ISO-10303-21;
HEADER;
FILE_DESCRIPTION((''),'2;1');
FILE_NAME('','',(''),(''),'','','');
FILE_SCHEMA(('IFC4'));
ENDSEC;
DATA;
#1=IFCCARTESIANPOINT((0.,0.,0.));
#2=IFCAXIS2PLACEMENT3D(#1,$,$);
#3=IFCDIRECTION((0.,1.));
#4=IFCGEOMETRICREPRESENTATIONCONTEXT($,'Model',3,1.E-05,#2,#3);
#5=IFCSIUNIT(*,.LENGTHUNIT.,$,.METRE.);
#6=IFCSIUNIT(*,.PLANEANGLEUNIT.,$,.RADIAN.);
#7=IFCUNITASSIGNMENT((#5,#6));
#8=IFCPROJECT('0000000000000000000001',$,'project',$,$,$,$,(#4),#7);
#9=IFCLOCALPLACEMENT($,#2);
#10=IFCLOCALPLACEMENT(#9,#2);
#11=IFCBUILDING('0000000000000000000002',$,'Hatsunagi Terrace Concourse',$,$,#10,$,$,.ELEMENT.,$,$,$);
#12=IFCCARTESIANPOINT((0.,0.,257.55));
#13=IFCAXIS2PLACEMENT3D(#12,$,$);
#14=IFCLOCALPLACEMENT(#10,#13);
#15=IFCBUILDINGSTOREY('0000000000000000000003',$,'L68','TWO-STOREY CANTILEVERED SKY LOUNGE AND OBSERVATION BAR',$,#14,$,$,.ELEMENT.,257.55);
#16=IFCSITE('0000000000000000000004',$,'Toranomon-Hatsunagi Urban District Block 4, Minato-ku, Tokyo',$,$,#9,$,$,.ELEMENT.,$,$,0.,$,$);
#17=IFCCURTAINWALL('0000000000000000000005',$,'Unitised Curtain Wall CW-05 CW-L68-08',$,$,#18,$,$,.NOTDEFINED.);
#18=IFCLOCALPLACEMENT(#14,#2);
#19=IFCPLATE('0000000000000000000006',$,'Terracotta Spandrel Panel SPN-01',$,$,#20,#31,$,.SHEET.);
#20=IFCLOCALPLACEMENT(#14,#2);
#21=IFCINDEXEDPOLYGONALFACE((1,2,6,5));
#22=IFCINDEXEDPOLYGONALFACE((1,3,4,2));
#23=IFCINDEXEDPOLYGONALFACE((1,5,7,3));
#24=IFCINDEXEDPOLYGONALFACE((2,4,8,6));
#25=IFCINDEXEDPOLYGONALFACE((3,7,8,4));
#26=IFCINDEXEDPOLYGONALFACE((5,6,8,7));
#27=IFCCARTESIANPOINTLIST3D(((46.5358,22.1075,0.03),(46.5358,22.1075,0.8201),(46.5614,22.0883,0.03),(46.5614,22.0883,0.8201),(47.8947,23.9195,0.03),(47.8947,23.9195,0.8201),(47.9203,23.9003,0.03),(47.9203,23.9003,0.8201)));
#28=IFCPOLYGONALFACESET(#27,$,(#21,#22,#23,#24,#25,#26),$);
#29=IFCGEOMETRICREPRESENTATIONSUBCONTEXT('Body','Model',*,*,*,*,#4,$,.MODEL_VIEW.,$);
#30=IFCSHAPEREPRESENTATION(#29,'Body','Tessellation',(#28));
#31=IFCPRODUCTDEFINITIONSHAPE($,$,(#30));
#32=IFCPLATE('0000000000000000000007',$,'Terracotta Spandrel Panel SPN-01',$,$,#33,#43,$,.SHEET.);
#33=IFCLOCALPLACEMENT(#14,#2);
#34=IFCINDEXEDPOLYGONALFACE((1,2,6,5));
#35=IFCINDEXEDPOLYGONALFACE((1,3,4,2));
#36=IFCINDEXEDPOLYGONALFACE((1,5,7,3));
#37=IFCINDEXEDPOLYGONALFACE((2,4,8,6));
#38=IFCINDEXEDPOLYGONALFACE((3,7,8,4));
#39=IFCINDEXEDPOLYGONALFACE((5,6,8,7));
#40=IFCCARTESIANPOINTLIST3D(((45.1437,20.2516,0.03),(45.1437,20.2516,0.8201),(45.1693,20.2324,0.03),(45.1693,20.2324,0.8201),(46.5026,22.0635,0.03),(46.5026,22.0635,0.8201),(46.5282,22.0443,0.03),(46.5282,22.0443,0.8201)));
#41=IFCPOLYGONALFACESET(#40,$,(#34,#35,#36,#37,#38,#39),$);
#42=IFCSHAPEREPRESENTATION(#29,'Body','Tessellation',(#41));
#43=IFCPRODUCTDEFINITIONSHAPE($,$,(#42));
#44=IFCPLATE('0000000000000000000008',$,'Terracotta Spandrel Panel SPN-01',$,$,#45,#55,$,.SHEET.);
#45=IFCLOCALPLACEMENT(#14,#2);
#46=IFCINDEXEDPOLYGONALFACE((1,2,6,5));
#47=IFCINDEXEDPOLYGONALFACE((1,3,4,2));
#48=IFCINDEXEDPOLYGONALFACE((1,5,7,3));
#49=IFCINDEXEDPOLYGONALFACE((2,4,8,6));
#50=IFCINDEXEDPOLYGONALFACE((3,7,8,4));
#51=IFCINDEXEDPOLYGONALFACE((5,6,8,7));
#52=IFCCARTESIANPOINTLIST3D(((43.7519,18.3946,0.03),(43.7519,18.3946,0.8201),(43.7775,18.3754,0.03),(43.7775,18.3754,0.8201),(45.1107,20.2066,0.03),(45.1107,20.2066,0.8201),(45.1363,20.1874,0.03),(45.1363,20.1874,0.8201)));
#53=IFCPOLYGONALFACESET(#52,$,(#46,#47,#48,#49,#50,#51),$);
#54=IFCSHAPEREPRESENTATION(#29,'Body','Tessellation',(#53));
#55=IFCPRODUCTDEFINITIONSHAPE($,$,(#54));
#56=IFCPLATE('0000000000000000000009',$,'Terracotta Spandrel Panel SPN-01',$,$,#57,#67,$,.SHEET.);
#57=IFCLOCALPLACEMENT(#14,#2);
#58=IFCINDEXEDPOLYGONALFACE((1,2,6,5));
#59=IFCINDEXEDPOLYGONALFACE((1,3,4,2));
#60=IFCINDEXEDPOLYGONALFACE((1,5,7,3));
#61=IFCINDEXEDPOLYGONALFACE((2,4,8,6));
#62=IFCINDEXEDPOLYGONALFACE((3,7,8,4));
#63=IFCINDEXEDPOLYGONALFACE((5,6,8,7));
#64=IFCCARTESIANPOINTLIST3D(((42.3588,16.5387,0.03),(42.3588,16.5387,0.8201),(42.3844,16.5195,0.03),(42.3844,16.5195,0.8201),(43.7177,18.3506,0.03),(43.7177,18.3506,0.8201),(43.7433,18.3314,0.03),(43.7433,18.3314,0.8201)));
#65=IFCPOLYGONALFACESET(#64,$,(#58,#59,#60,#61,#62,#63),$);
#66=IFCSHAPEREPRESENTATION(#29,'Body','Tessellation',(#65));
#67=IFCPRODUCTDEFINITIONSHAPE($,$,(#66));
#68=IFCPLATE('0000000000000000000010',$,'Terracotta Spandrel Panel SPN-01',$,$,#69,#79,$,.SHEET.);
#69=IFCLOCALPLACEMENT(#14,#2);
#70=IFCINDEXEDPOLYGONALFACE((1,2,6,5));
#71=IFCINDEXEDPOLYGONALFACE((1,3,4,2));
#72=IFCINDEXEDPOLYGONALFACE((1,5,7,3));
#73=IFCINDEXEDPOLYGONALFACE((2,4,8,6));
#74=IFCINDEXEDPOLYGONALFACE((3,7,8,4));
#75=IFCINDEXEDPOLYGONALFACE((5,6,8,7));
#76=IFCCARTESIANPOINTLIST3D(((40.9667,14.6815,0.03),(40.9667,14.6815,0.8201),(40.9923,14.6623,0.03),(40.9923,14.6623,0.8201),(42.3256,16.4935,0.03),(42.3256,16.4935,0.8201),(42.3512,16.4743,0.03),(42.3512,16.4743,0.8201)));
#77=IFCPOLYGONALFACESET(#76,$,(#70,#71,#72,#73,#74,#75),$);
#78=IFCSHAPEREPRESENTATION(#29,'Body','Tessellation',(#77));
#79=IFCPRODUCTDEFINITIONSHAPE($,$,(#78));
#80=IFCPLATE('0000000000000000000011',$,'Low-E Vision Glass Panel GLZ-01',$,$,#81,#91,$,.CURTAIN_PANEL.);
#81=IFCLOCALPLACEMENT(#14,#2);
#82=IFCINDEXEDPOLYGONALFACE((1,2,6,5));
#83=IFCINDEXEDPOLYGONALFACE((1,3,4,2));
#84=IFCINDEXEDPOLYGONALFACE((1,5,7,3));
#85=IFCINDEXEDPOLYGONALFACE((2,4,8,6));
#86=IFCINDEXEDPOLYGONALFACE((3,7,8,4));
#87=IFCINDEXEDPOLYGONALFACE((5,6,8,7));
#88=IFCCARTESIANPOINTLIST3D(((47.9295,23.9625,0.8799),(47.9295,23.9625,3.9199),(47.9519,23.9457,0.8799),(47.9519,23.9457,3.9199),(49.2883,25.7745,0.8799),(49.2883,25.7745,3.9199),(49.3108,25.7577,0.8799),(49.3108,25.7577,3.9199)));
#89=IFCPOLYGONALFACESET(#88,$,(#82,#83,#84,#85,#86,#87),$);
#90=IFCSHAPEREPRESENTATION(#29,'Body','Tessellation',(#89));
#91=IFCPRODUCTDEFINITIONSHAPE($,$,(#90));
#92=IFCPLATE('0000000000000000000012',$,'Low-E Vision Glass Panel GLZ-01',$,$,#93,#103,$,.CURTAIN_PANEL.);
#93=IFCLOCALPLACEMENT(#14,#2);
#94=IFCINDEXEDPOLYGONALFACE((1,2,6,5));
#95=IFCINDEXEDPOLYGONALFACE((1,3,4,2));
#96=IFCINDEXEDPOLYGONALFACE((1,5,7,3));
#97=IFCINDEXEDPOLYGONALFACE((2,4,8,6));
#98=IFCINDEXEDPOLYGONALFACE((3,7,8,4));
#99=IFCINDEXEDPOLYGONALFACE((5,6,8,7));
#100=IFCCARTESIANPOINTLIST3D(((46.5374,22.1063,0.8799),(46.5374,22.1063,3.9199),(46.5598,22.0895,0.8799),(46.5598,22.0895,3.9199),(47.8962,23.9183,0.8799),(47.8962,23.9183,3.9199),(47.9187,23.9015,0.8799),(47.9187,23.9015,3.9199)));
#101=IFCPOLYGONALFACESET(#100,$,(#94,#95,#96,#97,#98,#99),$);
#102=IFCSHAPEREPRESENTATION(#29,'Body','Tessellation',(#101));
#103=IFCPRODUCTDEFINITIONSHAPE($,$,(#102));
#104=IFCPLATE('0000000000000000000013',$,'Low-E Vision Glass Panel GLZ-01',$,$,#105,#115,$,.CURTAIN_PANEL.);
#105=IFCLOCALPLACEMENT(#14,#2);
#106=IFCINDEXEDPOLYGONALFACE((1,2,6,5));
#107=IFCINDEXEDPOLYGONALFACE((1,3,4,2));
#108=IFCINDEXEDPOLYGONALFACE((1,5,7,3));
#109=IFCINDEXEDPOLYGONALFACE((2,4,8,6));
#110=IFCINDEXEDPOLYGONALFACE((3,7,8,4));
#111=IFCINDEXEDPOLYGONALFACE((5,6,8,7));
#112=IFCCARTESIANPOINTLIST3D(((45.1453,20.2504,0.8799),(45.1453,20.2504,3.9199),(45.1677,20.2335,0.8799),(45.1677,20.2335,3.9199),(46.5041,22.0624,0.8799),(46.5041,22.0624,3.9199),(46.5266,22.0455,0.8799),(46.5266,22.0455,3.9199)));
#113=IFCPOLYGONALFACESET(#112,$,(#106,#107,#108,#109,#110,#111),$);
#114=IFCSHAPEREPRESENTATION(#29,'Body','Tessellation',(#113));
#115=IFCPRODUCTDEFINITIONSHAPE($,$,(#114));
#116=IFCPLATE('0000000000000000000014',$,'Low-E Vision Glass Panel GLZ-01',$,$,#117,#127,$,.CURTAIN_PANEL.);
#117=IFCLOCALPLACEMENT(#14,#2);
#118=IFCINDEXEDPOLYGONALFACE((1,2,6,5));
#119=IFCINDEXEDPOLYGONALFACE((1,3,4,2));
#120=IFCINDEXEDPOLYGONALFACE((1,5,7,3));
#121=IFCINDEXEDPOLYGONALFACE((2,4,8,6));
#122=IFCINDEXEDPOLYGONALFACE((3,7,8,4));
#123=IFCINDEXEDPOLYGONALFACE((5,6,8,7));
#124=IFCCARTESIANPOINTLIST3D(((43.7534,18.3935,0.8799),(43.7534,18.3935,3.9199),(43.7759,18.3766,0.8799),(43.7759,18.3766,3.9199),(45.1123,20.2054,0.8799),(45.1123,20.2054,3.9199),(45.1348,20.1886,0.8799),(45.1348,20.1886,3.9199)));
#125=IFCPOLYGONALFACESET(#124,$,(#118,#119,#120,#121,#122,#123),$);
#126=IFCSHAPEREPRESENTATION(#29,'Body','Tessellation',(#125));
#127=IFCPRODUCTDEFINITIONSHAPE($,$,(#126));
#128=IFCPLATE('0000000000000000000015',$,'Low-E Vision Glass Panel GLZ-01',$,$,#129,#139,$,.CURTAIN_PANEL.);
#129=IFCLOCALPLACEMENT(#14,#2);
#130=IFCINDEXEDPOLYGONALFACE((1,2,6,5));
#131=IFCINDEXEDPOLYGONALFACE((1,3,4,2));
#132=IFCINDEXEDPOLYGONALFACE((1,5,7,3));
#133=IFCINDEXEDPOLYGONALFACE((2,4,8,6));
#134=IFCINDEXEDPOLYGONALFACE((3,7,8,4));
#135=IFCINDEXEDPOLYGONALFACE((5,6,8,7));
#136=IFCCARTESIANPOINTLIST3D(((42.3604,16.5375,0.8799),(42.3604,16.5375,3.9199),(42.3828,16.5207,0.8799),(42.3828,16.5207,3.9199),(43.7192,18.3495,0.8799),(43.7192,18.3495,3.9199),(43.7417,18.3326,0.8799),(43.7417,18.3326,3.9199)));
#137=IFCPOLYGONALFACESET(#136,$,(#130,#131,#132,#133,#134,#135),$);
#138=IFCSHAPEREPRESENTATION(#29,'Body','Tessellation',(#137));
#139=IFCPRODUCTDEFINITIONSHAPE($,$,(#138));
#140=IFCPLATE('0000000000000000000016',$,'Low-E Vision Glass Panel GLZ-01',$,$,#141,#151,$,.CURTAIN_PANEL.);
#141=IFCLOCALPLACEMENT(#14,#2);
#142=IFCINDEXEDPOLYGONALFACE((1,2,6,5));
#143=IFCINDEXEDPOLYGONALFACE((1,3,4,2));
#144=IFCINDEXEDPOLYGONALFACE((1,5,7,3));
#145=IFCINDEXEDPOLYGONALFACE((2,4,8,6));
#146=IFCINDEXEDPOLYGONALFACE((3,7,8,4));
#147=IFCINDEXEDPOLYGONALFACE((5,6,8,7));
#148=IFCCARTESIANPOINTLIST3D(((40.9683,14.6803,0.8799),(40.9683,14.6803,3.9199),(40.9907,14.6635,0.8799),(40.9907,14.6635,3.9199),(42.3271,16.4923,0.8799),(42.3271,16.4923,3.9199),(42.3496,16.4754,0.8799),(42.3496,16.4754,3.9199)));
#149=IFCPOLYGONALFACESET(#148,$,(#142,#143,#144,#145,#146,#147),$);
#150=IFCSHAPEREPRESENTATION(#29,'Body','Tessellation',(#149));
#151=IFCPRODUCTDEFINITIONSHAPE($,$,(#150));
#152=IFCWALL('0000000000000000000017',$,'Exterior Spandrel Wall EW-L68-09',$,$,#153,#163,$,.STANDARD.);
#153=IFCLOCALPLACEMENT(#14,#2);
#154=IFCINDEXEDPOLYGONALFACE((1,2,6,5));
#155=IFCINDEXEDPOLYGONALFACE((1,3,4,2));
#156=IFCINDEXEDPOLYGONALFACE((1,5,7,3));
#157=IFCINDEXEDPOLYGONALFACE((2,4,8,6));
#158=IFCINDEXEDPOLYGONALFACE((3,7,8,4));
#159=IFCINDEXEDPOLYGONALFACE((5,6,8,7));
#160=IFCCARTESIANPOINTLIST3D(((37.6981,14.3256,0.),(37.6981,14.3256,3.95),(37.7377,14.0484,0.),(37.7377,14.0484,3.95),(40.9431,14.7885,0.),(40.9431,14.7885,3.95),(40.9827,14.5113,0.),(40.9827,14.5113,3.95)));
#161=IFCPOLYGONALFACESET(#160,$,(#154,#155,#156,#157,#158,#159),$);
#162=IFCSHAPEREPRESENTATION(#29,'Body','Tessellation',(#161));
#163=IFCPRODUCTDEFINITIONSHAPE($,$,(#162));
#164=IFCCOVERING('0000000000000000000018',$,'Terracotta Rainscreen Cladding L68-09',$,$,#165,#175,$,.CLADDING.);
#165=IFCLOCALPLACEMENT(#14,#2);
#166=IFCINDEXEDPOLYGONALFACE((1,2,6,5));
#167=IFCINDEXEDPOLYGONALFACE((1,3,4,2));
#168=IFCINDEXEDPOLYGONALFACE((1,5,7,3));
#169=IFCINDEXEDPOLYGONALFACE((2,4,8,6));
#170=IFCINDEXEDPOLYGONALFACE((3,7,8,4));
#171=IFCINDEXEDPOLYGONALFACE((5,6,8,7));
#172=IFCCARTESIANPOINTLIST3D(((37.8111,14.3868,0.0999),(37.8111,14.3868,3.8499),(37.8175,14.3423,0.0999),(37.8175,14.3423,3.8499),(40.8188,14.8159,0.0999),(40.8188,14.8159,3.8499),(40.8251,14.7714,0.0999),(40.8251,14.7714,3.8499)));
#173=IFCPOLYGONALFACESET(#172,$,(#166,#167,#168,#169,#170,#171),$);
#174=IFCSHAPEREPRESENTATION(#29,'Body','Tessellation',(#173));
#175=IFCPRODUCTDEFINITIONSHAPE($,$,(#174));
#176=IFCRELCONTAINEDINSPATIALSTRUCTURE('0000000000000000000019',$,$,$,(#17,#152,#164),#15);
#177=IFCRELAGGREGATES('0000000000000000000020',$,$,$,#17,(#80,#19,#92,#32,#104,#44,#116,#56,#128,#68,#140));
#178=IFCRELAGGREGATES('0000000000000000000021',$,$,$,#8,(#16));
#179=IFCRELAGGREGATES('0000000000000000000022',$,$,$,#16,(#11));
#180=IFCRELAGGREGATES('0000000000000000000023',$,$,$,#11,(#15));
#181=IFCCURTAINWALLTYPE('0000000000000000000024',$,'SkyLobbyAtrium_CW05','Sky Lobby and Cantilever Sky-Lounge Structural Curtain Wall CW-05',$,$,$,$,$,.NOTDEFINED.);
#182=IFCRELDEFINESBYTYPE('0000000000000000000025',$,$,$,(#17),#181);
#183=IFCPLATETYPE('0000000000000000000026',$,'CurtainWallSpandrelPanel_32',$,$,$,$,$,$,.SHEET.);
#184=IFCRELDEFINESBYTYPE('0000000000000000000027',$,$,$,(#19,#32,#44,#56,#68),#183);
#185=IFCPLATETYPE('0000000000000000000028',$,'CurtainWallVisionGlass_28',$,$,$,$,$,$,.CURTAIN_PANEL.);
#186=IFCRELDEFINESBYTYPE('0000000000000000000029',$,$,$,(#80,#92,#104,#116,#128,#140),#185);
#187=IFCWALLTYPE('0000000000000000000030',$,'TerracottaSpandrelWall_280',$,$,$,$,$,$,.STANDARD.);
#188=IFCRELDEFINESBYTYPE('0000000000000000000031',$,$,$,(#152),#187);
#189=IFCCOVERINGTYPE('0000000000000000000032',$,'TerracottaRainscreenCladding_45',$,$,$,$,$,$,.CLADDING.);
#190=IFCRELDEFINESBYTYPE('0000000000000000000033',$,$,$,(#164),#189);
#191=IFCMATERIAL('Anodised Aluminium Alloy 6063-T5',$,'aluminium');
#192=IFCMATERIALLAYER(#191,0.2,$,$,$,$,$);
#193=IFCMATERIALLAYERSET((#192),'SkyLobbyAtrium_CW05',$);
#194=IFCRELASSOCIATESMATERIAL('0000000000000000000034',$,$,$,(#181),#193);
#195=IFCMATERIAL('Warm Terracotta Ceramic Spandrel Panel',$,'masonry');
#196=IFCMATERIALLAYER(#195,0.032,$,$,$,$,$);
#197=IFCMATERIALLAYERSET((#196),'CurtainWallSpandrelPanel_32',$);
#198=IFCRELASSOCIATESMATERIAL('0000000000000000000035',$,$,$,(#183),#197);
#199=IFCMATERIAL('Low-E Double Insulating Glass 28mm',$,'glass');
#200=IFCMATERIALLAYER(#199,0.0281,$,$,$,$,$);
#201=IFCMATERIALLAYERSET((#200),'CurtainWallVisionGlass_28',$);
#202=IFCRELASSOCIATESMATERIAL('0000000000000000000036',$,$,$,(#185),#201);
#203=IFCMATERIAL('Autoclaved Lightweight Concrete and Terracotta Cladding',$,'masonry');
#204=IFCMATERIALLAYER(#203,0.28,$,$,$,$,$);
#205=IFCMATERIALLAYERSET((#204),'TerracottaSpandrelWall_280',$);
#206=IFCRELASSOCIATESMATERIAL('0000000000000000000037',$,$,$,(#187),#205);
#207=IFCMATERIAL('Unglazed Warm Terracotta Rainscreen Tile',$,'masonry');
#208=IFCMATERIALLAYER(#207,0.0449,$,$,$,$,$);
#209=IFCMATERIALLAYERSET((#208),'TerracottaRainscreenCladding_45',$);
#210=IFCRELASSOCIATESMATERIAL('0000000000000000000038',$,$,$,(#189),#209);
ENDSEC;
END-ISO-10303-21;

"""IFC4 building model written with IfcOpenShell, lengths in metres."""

from ifc_helpers import new_model, si_unit, direction, frame, frame_2d, origin, origin_2d, place, context, subcontext, project, spatial, rectangle, extrude, material, layer, layer_set, type_object, element, aggregate, save


model = new_model("IFC4")

# Units and contexts
model_context = context("Model", 3, precision=1e-05, world=origin(), true_north=direction((0.0, 1.0)))
body_context = subcontext(model_context, "Body", "Model", "MODEL_VIEW")
ifc_project = project(units=[si_unit("LENGTHUNIT", "METRE"), si_unit("PLANEANGLEUNIT", "RADIAN")], contexts=[model_context])

# Site, building, storey
site_placement = place(None, origin())
site = spatial("IfcSite", under=ifc_project, at=site_placement, Name="Toranomon-Hatsunagi Urban District Block 4, Minato-ku, Tokyo", CompositionType="ELEMENT", RefElevation=0.0)
building_placement = place(site_placement, origin())
building = spatial("IfcBuilding", under=site, at=building_placement, Name="Hatsunagi Terrace Concourse", CompositionType="ELEMENT")
storey_placement = place(building_placement, frame((0.0, 0.0, 257.55)))
storey = spatial("IfcBuildingStorey", under=building, at=storey_placement, Name="L68", Description="TWO-STOREY CANTILEVERED SKY LOUNGE AND OBSERVATION BAR", CompositionType="ELEMENT", Elevation=257.55)

# Curtain wall
ifc_material_1 = material(Name="Anodised Aluminium Alloy 6063-T5", Category="aluminium")
ifc_layer_1 = layer(ifc_material_1, 0.2)
ifc_layer_set_1 = layer_set([ifc_layer_1], Name="SkyLobbyAtrium_CW05")
curtain_wall_type = type_object("IfcCurtainWallType", Name="SkyLobbyAtrium_CW05", Description="Sky Lobby and Cantilever Sky-Lounge Structural Curtain Wall CW-05", PredefinedType="NOTDEFINED", material=ifc_layer_set_1)
curtain_wall_placement = place(storey_placement, origin())
curtain_wall = element("IfcCurtainWall", 1, at=curtain_wall_placement, inside=storey, type_object=curtain_wall_type, Name="Unitised Curtain Wall CW-05 CW-L68-08", PredefinedType="NOTDEFINED")

# Plates
ifc_material_2 = material(Name="Warm Terracotta Ceramic Spandrel Panel", Category="masonry")
ifc_layer_2 = layer(ifc_material_2, 0.032)
ifc_layer_set_2 = layer_set([ifc_layer_2], Name="CurtainWallSpandrelPanel_32")
plate_type_1 = type_object("IfcPlateType", Name="CurtainWallSpandrelPanel_32", PredefinedType="SHEET", material=ifc_layer_set_2)
plate_1_placement = place(storey_placement, frame((47.228, 23.0039, 0.03), z_axis=(0.0, 0.0, 1.0), x_axis=(-0.599969, -0.800023, 0.0)))
plate_1 = element("IfcPlate", 2, at=plate_1_placement, type_object=plate_type_1, Name="Terracotta Spandrel Panel SPN-01", PredefinedType="SHEET", context=body_context, shape_type="SweptSolid", body=[
    extrude(rectangle(XDim=2.2649, YDim=0.032, at=origin_2d()), origin(), (0.0, 0.0, 1.0), 0.79),
])
plate_2_placement = place(storey_placement, frame((45.8359, 21.1479, 0.03), z_axis=(0.0, 0.0, 1.0), x_axis=(-0.599969, -0.800023, 0.0)))
plate_2 = element("IfcPlate", 3, at=plate_2_placement, type_object=plate_type_1, Name="Terracotta Spandrel Panel SPN-01", PredefinedType="SHEET", context=body_context, shape_type="SweptSolid", body=[
    extrude(rectangle(XDim=2.2649, YDim=0.032, at=origin_2d()), origin(), (0.0, 0.0, 1.0), 0.79),
])
plate_3_placement = place(storey_placement, frame((44.4441, 19.291, 0.03), z_axis=(0.0, 0.0, 1.0), x_axis=(-0.599969, -0.800023, 0.0)))
plate_3 = element("IfcPlate", 4, at=plate_3_placement, type_object=plate_type_1, Name="Terracotta Spandrel Panel SPN-01", PredefinedType="SHEET", context=body_context, shape_type="SweptSolid", body=[
    extrude(rectangle(XDim=2.2649, YDim=0.032, at=origin_2d()), origin(), (0.0, 0.0, 1.0), 0.79),
])
plate_4_placement = place(storey_placement, frame((43.051, 17.4351, 0.03), z_axis=(0.0, 0.0, 1.0), x_axis=(-0.599969, -0.800023, 0.0)))
plate_4 = element("IfcPlate", 5, at=plate_4_placement, type_object=plate_type_1, Name="Terracotta Spandrel Panel SPN-01", PredefinedType="SHEET", context=body_context, shape_type="SweptSolid", body=[
    extrude(rectangle(XDim=2.2649, YDim=0.032, at=origin_2d()), origin(), (0.0, 0.0, 1.0), 0.79),
])
plate_5_placement = place(storey_placement, frame((41.6589, 15.5779, 0.03), z_axis=(0.0, 0.0, 1.0), x_axis=(-0.599969, -0.800023, 0.0)))
plate_5 = element("IfcPlate", 6, at=plate_5_placement, type_object=plate_type_1, Name="Terracotta Spandrel Panel SPN-01", PredefinedType="SHEET", context=body_context, shape_type="SweptSolid", body=[
    extrude(rectangle(XDim=2.2649, YDim=0.032, at=origin_2d()), origin(), (0.0, 0.0, 1.0), 0.79),
])
ifc_material_3 = material(Name="Low-E Double Insulating Glass 28mm", Category="glass")
ifc_layer_3 = layer(ifc_material_3, 0.0281)
ifc_layer_set_3 = layer_set([ifc_layer_3], Name="CurtainWallVisionGlass_28")
plate_type_2 = type_object("IfcPlateType", Name="CurtainWallVisionGlass_28", PredefinedType="CURTAIN_PANEL", material=ifc_layer_set_3)
plate_6_placement = place(storey_placement, frame((48.6201, 24.8601, 0.8799), z_axis=(0.0, 0.0, 1.0), x_axis=(-0.599969, -0.800023, 0.0)))
plate_6 = element("IfcPlate", 7, at=plate_6_placement, type_object=plate_type_2, Name="Low-E Vision Glass Panel GLZ-01", PredefinedType="CURTAIN_PANEL", context=body_context, shape_type="SweptSolid", body=[
    extrude(rectangle(XDim=2.2649, YDim=0.0281, at=origin_2d()), origin(), (0.0, 0.0, 1.0), 3.04),
])
plate_7_placement = place(storey_placement, frame((47.228, 23.0039, 0.8799), z_axis=(0.0, 0.0, 1.0), x_axis=(-0.599969, -0.800023, 0.0)))
plate_7 = element("IfcPlate", 8, at=plate_7_placement, type_object=plate_type_2, Name="Low-E Vision Glass Panel GLZ-01", PredefinedType="CURTAIN_PANEL", context=body_context, shape_type="SweptSolid", body=[
    extrude(rectangle(XDim=2.2649, YDim=0.0281, at=origin_2d()), origin(), (0.0, 0.0, 1.0), 3.04),
])
plate_8_placement = place(storey_placement, frame((45.8359, 21.1479, 0.8799), z_axis=(0.0, 0.0, 1.0), x_axis=(-0.599969, -0.800023, 0.0)))
plate_8 = element("IfcPlate", 9, at=plate_8_placement, type_object=plate_type_2, Name="Low-E Vision Glass Panel GLZ-01", PredefinedType="CURTAIN_PANEL", context=body_context, shape_type="SweptSolid", body=[
    extrude(rectangle(XDim=2.2649, YDim=0.0281, at=origin_2d()), origin(), (0.0, 0.0, 1.0), 3.04),
])
plate_9_placement = place(storey_placement, frame((44.4441, 19.291, 0.8799), z_axis=(0.0, 0.0, 1.0), x_axis=(-0.599969, -0.800023, 0.0)))
plate_9 = element("IfcPlate", 10, at=plate_9_placement, type_object=plate_type_2, Name="Low-E Vision Glass Panel GLZ-01", PredefinedType="CURTAIN_PANEL", context=body_context, shape_type="SweptSolid", body=[
    extrude(rectangle(XDim=2.2649, YDim=0.0281, at=origin_2d()), origin(), (0.0, 0.0, 1.0), 3.04),
])
plate_10_placement = place(storey_placement, frame((43.051, 17.4351, 0.8799), z_axis=(0.0, 0.0, 1.0), x_axis=(-0.599969, -0.800023, 0.0)))
plate_10 = element("IfcPlate", 11, at=plate_10_placement, type_object=plate_type_2, Name="Low-E Vision Glass Panel GLZ-01", PredefinedType="CURTAIN_PANEL", context=body_context, shape_type="SweptSolid", body=[
    extrude(rectangle(XDim=2.2649, YDim=0.0281, at=origin_2d()), origin(), (0.0, 0.0, 1.0), 3.04),
])
plate_11_placement = place(storey_placement, frame((41.6589, 15.5779, 0.8799), z_axis=(0.0, 0.0, 1.0), x_axis=(-0.599969, -0.800023, 0.0)))
plate_11 = element("IfcPlate", 12, at=plate_11_placement, type_object=plate_type_2, Name="Low-E Vision Glass Panel GLZ-01", PredefinedType="CURTAIN_PANEL", context=body_context, shape_type="SweptSolid", body=[
    extrude(rectangle(XDim=2.2649, YDim=0.0281, at=origin_2d()), origin(), (0.0, 0.0, 1.0), 3.04),
])
aggregate(curtain_wall, [plate_6, plate_1, plate_7, plate_2, plate_8, plate_3, plate_9, plate_4, plate_10, plate_5, plate_11])

# Wall
ifc_material_4 = material(Name="Autoclaved Lightweight Concrete and Terracotta Cladding", Category="masonry")
ifc_layer_4 = layer(ifc_material_4, 0.28)
ifc_layer_set_4 = layer_set([ifc_layer_4], Name="TerracottaSpandrelWall_280")
wall_type = type_object("IfcWallType", Name="TerracottaSpandrelWall_280", PredefinedType="STANDARD", material=ifc_layer_set_4)
wall_placement = place(storey_placement, frame((40.9629, 14.6499, 0.0), z_axis=(0.0, 0.0, 1.0), x_axis=(-0.989978, -0.141223, 0.0)))
element("IfcWall", 13, at=wall_placement, inside=storey, type_object=wall_type, Name="Exterior Spandrel Wall EW-L68-09", PredefinedType="STANDARD", context=body_context, shape_type="SweptSolid", body=[
    extrude(rectangle(XDim=3.2778, YDim=0.28, at=frame_2d((1.6389, 0.0))), origin(), (0.0, 0.0, 1.0), 3.95),
])

# Covering
ifc_material_5 = material(Name="Unglazed Warm Terracotta Rainscreen Tile", Category="masonry")
ifc_layer_5 = layer(ifc_material_5, 0.0449)
ifc_layer_set_5 = layer_set([ifc_layer_5], Name="TerracottaRainscreenCladding_45")
covering_type = type_object("IfcCoveringType", Name="TerracottaRainscreenCladding_45", PredefinedType="CLADDING", material=ifc_layer_set_5)
covering_placement = place(storey_placement, frame((39.3181, 14.5791, 0.0999), z_axis=(0.0, 0.0, 1.0), x_axis=(-0.989974, -0.14125, 0.0)))
element("IfcCovering", 14, at=covering_placement, inside=storey, type_object=covering_type, Name="Terracotta Rainscreen Cladding L68-09", PredefinedType="CLADDING", context=body_context, shape_type="SweptSolid", body=[
    extrude(rectangle(XDim=3.0381, YDim=0.0449, at=origin_2d()), origin(), (0.0, 0.0, 1.0), 3.75),
])

save(model, "model.ifc")
